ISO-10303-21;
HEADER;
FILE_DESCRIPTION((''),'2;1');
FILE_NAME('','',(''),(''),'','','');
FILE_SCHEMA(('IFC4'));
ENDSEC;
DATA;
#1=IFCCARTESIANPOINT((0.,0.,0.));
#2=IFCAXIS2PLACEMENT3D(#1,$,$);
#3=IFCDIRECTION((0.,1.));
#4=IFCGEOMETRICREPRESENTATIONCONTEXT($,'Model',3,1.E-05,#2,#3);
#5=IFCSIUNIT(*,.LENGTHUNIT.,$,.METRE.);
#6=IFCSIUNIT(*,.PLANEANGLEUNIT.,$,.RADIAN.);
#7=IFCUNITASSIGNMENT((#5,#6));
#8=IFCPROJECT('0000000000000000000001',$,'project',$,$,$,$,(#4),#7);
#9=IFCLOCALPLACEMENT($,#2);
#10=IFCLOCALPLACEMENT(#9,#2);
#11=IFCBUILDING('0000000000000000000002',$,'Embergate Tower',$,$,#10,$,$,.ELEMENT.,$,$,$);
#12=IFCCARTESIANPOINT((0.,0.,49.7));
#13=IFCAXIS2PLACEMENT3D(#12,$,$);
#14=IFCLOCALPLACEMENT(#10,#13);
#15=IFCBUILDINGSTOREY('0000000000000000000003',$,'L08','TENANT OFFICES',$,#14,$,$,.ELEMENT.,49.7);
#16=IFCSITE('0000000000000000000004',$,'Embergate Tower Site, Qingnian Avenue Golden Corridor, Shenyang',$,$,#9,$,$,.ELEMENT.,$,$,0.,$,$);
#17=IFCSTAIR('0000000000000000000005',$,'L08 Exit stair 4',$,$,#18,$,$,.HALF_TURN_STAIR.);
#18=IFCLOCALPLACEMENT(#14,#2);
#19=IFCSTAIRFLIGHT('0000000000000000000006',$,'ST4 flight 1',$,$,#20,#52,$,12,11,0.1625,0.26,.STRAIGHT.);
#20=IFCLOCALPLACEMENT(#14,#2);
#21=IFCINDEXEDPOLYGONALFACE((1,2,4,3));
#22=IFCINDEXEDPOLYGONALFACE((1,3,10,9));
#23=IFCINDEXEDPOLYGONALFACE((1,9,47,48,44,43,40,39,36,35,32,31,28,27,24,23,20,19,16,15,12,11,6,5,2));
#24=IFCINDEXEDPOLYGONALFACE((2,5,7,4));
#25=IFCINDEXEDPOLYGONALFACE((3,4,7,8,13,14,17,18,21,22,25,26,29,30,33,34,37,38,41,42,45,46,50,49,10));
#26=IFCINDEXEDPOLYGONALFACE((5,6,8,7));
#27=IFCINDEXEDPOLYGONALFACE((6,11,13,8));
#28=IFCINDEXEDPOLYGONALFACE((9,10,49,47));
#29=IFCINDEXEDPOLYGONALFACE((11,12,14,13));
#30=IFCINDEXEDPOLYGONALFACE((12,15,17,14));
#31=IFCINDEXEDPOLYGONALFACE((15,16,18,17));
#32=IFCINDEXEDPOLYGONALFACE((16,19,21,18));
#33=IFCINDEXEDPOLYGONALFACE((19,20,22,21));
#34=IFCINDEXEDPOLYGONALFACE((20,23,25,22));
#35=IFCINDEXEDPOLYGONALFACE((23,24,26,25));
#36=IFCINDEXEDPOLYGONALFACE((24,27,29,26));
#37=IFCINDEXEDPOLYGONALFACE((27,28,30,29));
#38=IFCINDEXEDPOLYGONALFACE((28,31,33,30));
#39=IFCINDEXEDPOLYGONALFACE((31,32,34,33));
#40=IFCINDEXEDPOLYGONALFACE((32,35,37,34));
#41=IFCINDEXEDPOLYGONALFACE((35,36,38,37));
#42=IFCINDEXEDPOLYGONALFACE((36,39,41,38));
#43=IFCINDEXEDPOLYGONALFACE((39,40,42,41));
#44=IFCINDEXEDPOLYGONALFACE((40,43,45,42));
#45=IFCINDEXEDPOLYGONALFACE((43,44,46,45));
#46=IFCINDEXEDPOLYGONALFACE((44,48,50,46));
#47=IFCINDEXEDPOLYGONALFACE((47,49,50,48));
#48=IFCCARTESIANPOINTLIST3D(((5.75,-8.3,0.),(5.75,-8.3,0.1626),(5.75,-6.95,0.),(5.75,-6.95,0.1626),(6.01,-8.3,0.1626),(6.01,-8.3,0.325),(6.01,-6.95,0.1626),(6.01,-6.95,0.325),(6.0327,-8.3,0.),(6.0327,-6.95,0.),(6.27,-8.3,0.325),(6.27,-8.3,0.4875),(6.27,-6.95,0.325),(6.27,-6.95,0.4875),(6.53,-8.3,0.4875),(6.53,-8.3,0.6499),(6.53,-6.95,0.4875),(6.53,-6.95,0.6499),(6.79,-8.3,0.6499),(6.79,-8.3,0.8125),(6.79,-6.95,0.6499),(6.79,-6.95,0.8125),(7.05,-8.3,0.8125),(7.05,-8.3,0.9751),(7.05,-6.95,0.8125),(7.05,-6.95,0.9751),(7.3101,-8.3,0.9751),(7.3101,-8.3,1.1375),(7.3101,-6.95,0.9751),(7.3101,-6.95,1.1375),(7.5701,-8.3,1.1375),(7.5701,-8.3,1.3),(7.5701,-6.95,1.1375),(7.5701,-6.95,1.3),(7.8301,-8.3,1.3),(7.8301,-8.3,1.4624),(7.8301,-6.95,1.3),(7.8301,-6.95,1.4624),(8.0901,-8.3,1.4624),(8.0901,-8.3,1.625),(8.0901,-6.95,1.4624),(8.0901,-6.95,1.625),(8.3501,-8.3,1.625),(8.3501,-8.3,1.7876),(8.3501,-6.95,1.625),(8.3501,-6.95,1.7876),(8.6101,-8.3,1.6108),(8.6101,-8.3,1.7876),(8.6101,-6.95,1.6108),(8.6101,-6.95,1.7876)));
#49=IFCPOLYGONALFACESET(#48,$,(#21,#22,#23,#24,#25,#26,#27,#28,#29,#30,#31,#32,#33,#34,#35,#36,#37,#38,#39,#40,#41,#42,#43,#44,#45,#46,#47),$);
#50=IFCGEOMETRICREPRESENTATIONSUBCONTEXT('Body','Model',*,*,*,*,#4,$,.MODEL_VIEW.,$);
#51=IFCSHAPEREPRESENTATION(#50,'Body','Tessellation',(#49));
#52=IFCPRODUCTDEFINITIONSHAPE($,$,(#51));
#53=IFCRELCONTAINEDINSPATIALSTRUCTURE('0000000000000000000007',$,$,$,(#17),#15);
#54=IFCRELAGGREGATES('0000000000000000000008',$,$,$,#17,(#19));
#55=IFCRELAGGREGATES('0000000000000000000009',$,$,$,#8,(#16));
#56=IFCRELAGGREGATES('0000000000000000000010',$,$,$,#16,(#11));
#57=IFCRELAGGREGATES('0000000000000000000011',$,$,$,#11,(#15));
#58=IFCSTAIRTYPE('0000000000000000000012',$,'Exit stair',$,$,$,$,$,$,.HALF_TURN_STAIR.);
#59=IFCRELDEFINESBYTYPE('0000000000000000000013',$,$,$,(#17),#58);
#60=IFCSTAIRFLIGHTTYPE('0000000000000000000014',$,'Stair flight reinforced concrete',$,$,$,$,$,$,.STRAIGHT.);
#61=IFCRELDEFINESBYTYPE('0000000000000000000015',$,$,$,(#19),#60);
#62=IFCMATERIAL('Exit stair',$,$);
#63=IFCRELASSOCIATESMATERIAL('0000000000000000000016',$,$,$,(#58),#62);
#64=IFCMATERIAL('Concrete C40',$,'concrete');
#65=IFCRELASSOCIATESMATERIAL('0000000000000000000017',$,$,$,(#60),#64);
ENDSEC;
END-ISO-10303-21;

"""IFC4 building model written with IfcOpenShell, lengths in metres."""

from ifc_helpers import new_model, si_unit, direction, frame, origin, place, context, subcontext, project, spatial, polyline, outline, extrude, source, transform, mapped, material, type_object, element, aggregate, save


model = new_model("IFC4")

# Units and contexts
model_context = context("Model", 3, precision=1e-05, world=origin(), true_north=direction((0.0, 1.0)))
body_context = subcontext(model_context, "Body", "Model", "MODEL_VIEW")
ifc_project = project(units=[si_unit("LENGTHUNIT", "METRE"), si_unit("PLANEANGLEUNIT", "RADIAN")], contexts=[model_context])

# Site, building, storey
site_placement = place(None, origin())
site = spatial("IfcSite", under=ifc_project, at=site_placement, Name="Embergate Tower Site, Qingnian Avenue Golden Corridor, Shenyang", CompositionType="ELEMENT", RefElevation=0.0)
building_placement = place(site_placement, origin())
building = spatial("IfcBuilding", under=site, at=building_placement, Name="Embergate Tower", CompositionType="ELEMENT")
storey_placement = place(building_placement, frame((0.0, 0.0, 49.7)))
storey = spatial("IfcBuildingStorey", under=building, at=storey_placement, Name="L08", Description="TENANT OFFICES", CompositionType="ELEMENT", Elevation=49.7)

# Stair, stair flight
ifc_material_1 = material(Name="Exit stair")
stair_type = type_object("IfcStairType", Name="Exit stair", PredefinedType="HALF_TURN_STAIR", material=ifc_material_1)
stair_placement = place(storey_placement, origin())
stair = element("IfcStair", 1, at=stair_placement, inside=storey, type_object=stair_type, Name="L08 Exit stair 4", PredefinedType="HALF_TURN_STAIR")
ifc_material_2 = material(Name="Concrete C40", Category="concrete")
stair_flight_type = type_object("IfcStairFlightType", Name="Stair flight reinforced concrete", PredefinedType="STRAIGHT", material=ifc_material_2)
shared_shape_1 = source(origin(), body_context, "Body", "SweptSolid", [
    extrude(outline(polyline([(0.0, 0.0), (0.0, 0.1626), (0.26, 0.1626), (0.26, 0.325), (0.52, 0.325), (0.52, 0.4875), (0.78, 0.4875), (0.78, 0.6499), (1.04, 0.6499), (1.04, 0.8125), (1.3, 0.8125), (1.3, 0.9751), (1.5601, 0.9751), (1.5601, 1.1375), (1.8201, 1.1375), (1.8201, 1.3), (2.0801, 1.3), (2.0801, 1.4624), (2.3401, 1.4624), (2.3401, 1.625), (2.6001, 1.625), (2.6001, 1.7876), (2.8601, 1.7876), (2.8601, 1.95), (2.8601, 1.6108), (0.2827, 0.0), (0.0, 0.0)])), frame((0.0, 0.675, 0.0), z_axis=(0.0, -1.0, 0.0), x_axis=(1.0, 0.0, 0.0)), (0.0, 0.0, 1.0), 1.3501),
])
stair_flight_placement = place(storey_placement, frame((5.75, -7.625, 0.0), z_axis=(0.0, 0.0, 1.0), x_axis=(1.0, 0.0, 0.0)))
stair_flight = element("IfcStairFlight", 2, at=stair_flight_placement, type_object=stair_flight_type, Name="ST4 flight 1", NumberOfRisers=12, NumberOfTreads=11, PredefinedType="STRAIGHT", RiserHeight=0.1625, TreadLength=0.26, context=body_context, shape_type="MappedRepresentation", body=[
    mapped(shared_shape_1, transform((0.0, 0.0, 0.0))),
])
aggregate(stair, [stair_flight])

save(model, "model.ifc")
